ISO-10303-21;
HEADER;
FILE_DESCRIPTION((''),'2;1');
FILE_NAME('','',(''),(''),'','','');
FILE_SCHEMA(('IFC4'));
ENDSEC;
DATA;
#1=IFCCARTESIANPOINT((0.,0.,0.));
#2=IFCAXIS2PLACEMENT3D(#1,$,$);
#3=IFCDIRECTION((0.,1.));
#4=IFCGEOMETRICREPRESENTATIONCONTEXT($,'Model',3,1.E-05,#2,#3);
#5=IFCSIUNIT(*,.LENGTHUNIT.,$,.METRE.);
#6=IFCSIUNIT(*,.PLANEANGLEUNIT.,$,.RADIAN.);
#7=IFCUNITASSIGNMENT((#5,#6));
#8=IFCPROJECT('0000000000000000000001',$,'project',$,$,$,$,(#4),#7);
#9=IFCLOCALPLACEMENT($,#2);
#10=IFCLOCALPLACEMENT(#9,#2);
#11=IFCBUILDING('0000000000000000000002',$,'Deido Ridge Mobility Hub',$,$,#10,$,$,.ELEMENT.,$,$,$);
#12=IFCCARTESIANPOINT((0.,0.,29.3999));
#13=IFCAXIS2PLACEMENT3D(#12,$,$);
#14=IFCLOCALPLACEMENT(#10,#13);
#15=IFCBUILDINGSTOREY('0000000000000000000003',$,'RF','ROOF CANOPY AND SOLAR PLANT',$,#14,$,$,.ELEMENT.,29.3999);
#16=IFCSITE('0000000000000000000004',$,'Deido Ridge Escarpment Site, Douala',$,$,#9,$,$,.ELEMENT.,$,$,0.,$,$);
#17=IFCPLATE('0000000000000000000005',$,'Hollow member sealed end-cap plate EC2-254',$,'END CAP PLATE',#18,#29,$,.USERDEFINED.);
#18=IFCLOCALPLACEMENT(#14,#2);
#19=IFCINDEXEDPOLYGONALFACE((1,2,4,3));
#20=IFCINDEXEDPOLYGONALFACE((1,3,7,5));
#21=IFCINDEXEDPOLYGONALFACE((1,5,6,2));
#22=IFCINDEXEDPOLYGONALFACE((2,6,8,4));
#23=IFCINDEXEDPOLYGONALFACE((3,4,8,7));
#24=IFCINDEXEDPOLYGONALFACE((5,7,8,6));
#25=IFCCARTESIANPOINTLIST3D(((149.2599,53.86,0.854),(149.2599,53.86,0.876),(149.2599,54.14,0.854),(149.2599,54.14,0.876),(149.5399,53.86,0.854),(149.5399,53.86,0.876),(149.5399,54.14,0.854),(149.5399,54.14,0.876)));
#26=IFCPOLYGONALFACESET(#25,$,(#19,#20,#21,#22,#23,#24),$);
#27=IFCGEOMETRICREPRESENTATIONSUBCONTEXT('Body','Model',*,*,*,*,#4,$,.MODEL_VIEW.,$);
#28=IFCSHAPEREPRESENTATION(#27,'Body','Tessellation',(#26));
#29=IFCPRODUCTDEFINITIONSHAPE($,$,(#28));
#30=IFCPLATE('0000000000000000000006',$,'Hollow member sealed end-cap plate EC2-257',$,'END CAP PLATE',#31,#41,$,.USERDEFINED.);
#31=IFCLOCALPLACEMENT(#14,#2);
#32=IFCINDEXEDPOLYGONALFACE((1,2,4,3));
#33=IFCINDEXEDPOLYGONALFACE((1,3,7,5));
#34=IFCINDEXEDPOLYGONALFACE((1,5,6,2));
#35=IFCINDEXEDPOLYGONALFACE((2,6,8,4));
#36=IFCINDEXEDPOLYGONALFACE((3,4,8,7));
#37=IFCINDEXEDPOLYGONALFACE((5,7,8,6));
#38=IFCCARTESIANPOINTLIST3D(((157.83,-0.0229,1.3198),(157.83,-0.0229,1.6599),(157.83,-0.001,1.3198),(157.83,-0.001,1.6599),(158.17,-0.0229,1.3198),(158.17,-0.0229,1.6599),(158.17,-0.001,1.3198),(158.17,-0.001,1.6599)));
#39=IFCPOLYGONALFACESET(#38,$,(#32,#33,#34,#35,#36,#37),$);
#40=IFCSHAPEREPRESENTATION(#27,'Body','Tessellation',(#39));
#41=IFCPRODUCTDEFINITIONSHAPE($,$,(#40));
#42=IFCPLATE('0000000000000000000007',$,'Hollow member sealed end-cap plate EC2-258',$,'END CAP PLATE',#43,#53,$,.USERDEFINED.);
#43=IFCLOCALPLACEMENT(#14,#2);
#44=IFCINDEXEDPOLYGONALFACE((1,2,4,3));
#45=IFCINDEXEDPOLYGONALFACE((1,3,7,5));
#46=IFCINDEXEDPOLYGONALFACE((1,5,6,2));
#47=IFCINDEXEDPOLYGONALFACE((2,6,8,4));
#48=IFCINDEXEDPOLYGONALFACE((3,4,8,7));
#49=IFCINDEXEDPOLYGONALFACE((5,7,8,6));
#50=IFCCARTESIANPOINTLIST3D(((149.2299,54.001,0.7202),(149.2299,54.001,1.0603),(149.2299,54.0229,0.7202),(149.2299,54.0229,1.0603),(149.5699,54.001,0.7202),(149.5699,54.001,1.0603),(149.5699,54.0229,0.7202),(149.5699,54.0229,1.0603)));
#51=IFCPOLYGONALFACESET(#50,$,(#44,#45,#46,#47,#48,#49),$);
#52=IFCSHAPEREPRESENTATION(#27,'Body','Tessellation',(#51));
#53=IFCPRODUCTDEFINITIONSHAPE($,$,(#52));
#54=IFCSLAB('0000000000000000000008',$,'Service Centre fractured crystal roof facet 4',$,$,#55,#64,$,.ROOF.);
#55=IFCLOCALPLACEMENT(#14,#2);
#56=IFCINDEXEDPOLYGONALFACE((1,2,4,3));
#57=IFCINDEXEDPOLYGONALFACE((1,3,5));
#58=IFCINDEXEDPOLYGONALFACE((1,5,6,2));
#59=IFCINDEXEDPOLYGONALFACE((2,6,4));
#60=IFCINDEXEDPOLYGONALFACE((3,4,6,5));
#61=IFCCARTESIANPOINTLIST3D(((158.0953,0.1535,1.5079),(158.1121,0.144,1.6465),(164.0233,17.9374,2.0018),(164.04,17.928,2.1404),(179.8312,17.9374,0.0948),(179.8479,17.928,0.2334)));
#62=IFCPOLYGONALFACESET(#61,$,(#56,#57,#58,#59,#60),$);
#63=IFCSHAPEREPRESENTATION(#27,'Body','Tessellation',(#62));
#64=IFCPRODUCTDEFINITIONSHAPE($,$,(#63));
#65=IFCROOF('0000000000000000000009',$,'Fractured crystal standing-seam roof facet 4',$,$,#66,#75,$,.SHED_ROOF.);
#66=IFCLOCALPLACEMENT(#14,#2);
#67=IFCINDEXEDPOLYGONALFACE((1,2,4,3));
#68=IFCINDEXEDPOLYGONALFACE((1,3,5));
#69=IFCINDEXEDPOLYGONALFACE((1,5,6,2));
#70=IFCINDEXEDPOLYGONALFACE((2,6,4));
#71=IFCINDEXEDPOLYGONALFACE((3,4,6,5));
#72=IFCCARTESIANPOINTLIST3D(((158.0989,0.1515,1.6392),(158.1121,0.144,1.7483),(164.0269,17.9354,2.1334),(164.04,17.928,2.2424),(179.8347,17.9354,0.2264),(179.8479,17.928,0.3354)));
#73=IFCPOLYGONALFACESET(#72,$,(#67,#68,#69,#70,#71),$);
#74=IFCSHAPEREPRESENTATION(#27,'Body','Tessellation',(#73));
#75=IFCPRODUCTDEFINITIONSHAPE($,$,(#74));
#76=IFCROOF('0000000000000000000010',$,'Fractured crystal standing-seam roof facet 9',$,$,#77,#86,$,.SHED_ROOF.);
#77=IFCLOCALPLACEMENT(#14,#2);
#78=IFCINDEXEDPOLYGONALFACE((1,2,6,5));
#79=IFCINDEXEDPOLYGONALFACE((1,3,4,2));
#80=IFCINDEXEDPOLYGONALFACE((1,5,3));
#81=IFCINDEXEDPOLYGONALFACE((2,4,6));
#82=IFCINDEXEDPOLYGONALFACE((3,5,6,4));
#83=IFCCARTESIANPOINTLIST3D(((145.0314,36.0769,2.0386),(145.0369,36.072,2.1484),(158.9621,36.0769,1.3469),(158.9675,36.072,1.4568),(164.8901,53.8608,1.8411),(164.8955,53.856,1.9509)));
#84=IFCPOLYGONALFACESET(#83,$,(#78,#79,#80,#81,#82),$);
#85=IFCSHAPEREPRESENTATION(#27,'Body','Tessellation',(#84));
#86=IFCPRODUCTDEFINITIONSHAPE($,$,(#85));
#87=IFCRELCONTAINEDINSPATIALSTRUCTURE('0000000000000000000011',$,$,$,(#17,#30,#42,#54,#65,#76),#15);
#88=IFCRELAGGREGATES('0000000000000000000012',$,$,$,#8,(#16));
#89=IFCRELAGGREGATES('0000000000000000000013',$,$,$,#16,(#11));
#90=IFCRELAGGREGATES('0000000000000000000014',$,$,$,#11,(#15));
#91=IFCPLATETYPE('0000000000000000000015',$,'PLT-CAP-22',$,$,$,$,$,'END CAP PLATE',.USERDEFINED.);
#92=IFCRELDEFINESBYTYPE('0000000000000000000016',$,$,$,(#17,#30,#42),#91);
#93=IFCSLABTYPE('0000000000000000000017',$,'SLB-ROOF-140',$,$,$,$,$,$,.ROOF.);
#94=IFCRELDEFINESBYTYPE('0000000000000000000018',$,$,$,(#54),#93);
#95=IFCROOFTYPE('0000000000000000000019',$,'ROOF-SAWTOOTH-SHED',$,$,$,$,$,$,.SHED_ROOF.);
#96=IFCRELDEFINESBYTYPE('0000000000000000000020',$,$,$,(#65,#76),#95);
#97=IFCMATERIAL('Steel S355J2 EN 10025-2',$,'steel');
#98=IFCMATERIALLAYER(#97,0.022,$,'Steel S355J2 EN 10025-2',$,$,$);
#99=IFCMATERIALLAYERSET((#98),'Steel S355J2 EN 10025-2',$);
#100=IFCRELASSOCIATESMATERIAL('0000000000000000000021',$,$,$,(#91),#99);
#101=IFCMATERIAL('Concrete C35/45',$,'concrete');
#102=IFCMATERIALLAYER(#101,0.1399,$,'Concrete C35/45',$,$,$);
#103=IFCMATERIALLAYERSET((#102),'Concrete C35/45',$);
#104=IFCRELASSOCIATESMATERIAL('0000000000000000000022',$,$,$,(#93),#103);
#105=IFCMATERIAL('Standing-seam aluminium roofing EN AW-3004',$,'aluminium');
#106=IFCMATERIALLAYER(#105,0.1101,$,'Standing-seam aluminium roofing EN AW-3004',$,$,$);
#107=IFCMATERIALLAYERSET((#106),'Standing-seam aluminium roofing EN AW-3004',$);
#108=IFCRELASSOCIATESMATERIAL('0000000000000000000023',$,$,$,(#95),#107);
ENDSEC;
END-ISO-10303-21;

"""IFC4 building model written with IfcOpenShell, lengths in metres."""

from ifc_helpers import new_model, si_unit, direction, frame, origin, origin_2d, place, context, subcontext, project, spatial, polyline, rectangle, outline, extrude, material, layer, layer_set, type_object, element, save


model = new_model("IFC4")

# Units and contexts
model_context = context("Model", 3, precision=1e-05, world=origin(), true_north=direction((0.0, 1.0)))
body_context = subcontext(model_context, "Body", "Model", "MODEL_VIEW")
ifc_project = project(units=[si_unit("LENGTHUNIT", "METRE"), si_unit("PLANEANGLEUNIT", "RADIAN")], contexts=[model_context])

# Site, building, storey
site_placement = place(None, origin())
site = spatial("IfcSite", under=ifc_project, at=site_placement, Name="Deido Ridge Escarpment Site, Douala", CompositionType="ELEMENT", RefElevation=0.0)
building_placement = place(site_placement, origin())
building = spatial("IfcBuilding", under=site, at=building_placement, Name="Deido Ridge Mobility Hub", CompositionType="ELEMENT")
storey_placement = place(building_placement, frame((0.0, 0.0, 29.3999)))
storey = spatial("IfcBuildingStorey", under=building, at=storey_placement, Name="RF", Description="ROOF CANOPY AND SOLAR PLANT", CompositionType="ELEMENT", Elevation=29.3999)

# Shared definitions
ifc_material_1 = material(Name="Steel S355J2 EN 10025-2", Category="steel")

# Plates
ifc_layer_1 = layer(ifc_material_1, 0.022, Name="Steel S355J2 EN 10025-2")
ifc_layer_set_1 = layer_set([ifc_layer_1], Name="Steel S355J2 EN 10025-2")
plate_type = type_object("IfcPlateType", Name="PLT-CAP-22", ElementType="END CAP PLATE", PredefinedType="USERDEFINED", material=ifc_layer_set_1)
for number, where, z_axis, x_axis, name in (
    (1, (149.3999, 54.0, 0.854), (0.0, 0.0, 1.0), (1.0, 0.0, 0.0), "Hollow member sealed end-cap plate EC2-254"),
):
    element("IfcPlate", number, at=place(storey_placement, frame(where, z_axis=z_axis, x_axis=x_axis)), inside=storey, type_object=plate_type, Name=name, ObjectType="END CAP PLATE", PredefinedType="USERDEFINED", context=body_context, shape_type="SweptSolid", body=[
        extrude(rectangle(XDim=0.28, YDim=0.28, at=origin_2d()), origin(), (0.0, 0.0, 1.0), 0.022),
    ])
for number, where, z_axis, x_axis, name in (
    (2, (158.0, -0.012, 1.3198), (0.0, 0.0, 1.0), (1.0, 0.0, 0.0), "Hollow member sealed end-cap plate EC2-257"),
    (3, (149.3999, 54.012, 0.7202), (0.0, 0.0, 1.0), (1.0, 0.0, 0.0), "Hollow member sealed end-cap plate EC2-258"),
):
    element("IfcPlate", number, at=place(storey_placement, frame(where, z_axis=z_axis, x_axis=x_axis)), inside=storey, type_object=plate_type, Name=name, ObjectType="END CAP PLATE", PredefinedType="USERDEFINED", context=body_context, shape_type="SweptSolid", body=[
        extrude(rectangle(XDim=0.3401, YDim=0.022, at=origin_2d()), origin(), (0.0, 0.0, 1.0), 0.3401),
    ])

# Slab
ifc_material_2 = material(Name="Concrete C35/45", Category="concrete")
ifc_layer_2 = layer(ifc_material_2, 0.1399, Name="Concrete C35/45")
ifc_layer_set_2 = layer_set([ifc_layer_2], Name="Concrete C35/45")
slab_type = type_object("IfcSlabType", Name="SLB-ROOF-140", PredefinedType="ROOF", material=ifc_layer_set_2)
slab_placement = place(storey_placement, frame((158.1121, 0.144, 1.6465), z_axis=(0.119495, -0.067341, 0.990548), x_axis=(0.772978, 0.632439, -0.050253)))
element("IfcSlab", 4, at=slab_placement, inside=storey, type_object=slab_type, Name="Service Centre fractured crystal roof facet 4", PredefinedType="ROOF", context=body_context, shape_type="SweptSolid", body=[
    extrude(outline(polyline([(0.0, 0.0), (28.1196, 0.0), (15.8046, 10.0929), (0.0, 0.0)])), origin(), (0.0, 0.0, -1.0), 0.1399),
])

# Roofs
ifc_material_3 = material(Name="Standing-seam aluminium roofing EN AW-3004", Category="aluminium")
ifc_layer_3 = layer(ifc_material_3, 0.1101, Name="Standing-seam aluminium roofing EN AW-3004")
ifc_layer_set_3 = layer_set([ifc_layer_3], Name="Standing-seam aluminium roofing EN AW-3004")
roof_type = type_object("IfcRoofType", Name="ROOF-SAWTOOTH-SHED", PredefinedType="SHED_ROOF", material=ifc_layer_set_3)
roof_1_placement = place(storey_placement, frame((158.1121, 0.144, 1.7483), z_axis=(0.119495, -0.067355, 0.990547), x_axis=(0.772979, 0.632439, -0.050244)))
element("IfcRoof", 5, at=roof_1_placement, inside=storey, type_object=roof_type, Name="Fractured crystal standing-seam roof facet 4", PredefinedType="SHED_ROOF", context=body_context, shape_type="SweptSolid", body=[
    extrude(outline(polyline([(0.0, 0.0), (28.1196, 0.0), (15.8046, 10.0929), (0.0, 0.0)])), origin(), (0.0, 0.0, -1.0), 0.1101),
])
roof_2_placement = place(storey_placement, frame((145.0369, 36.072, 2.1484), z_axis=(0.04954, -0.044238, 0.997792), x_axis=(0.99877, 0.0, -0.049588)))
element("IfcRoof", 6, at=roof_2_placement, inside=storey, type_object=roof_type, Name="Fractured crystal standing-seam roof facet 9", PredefinedType="SHED_ROOF", context=body_context, shape_type="SweptSolid", body=[
    extrude(outline(polyline([(0.0, 0.0), (13.9478, 0.0), (19.844, 17.8014), (0.0, 0.0)])), origin(), (0.0, 0.0, -1.0), 0.1101),
])

save(model, "model.ifc")
